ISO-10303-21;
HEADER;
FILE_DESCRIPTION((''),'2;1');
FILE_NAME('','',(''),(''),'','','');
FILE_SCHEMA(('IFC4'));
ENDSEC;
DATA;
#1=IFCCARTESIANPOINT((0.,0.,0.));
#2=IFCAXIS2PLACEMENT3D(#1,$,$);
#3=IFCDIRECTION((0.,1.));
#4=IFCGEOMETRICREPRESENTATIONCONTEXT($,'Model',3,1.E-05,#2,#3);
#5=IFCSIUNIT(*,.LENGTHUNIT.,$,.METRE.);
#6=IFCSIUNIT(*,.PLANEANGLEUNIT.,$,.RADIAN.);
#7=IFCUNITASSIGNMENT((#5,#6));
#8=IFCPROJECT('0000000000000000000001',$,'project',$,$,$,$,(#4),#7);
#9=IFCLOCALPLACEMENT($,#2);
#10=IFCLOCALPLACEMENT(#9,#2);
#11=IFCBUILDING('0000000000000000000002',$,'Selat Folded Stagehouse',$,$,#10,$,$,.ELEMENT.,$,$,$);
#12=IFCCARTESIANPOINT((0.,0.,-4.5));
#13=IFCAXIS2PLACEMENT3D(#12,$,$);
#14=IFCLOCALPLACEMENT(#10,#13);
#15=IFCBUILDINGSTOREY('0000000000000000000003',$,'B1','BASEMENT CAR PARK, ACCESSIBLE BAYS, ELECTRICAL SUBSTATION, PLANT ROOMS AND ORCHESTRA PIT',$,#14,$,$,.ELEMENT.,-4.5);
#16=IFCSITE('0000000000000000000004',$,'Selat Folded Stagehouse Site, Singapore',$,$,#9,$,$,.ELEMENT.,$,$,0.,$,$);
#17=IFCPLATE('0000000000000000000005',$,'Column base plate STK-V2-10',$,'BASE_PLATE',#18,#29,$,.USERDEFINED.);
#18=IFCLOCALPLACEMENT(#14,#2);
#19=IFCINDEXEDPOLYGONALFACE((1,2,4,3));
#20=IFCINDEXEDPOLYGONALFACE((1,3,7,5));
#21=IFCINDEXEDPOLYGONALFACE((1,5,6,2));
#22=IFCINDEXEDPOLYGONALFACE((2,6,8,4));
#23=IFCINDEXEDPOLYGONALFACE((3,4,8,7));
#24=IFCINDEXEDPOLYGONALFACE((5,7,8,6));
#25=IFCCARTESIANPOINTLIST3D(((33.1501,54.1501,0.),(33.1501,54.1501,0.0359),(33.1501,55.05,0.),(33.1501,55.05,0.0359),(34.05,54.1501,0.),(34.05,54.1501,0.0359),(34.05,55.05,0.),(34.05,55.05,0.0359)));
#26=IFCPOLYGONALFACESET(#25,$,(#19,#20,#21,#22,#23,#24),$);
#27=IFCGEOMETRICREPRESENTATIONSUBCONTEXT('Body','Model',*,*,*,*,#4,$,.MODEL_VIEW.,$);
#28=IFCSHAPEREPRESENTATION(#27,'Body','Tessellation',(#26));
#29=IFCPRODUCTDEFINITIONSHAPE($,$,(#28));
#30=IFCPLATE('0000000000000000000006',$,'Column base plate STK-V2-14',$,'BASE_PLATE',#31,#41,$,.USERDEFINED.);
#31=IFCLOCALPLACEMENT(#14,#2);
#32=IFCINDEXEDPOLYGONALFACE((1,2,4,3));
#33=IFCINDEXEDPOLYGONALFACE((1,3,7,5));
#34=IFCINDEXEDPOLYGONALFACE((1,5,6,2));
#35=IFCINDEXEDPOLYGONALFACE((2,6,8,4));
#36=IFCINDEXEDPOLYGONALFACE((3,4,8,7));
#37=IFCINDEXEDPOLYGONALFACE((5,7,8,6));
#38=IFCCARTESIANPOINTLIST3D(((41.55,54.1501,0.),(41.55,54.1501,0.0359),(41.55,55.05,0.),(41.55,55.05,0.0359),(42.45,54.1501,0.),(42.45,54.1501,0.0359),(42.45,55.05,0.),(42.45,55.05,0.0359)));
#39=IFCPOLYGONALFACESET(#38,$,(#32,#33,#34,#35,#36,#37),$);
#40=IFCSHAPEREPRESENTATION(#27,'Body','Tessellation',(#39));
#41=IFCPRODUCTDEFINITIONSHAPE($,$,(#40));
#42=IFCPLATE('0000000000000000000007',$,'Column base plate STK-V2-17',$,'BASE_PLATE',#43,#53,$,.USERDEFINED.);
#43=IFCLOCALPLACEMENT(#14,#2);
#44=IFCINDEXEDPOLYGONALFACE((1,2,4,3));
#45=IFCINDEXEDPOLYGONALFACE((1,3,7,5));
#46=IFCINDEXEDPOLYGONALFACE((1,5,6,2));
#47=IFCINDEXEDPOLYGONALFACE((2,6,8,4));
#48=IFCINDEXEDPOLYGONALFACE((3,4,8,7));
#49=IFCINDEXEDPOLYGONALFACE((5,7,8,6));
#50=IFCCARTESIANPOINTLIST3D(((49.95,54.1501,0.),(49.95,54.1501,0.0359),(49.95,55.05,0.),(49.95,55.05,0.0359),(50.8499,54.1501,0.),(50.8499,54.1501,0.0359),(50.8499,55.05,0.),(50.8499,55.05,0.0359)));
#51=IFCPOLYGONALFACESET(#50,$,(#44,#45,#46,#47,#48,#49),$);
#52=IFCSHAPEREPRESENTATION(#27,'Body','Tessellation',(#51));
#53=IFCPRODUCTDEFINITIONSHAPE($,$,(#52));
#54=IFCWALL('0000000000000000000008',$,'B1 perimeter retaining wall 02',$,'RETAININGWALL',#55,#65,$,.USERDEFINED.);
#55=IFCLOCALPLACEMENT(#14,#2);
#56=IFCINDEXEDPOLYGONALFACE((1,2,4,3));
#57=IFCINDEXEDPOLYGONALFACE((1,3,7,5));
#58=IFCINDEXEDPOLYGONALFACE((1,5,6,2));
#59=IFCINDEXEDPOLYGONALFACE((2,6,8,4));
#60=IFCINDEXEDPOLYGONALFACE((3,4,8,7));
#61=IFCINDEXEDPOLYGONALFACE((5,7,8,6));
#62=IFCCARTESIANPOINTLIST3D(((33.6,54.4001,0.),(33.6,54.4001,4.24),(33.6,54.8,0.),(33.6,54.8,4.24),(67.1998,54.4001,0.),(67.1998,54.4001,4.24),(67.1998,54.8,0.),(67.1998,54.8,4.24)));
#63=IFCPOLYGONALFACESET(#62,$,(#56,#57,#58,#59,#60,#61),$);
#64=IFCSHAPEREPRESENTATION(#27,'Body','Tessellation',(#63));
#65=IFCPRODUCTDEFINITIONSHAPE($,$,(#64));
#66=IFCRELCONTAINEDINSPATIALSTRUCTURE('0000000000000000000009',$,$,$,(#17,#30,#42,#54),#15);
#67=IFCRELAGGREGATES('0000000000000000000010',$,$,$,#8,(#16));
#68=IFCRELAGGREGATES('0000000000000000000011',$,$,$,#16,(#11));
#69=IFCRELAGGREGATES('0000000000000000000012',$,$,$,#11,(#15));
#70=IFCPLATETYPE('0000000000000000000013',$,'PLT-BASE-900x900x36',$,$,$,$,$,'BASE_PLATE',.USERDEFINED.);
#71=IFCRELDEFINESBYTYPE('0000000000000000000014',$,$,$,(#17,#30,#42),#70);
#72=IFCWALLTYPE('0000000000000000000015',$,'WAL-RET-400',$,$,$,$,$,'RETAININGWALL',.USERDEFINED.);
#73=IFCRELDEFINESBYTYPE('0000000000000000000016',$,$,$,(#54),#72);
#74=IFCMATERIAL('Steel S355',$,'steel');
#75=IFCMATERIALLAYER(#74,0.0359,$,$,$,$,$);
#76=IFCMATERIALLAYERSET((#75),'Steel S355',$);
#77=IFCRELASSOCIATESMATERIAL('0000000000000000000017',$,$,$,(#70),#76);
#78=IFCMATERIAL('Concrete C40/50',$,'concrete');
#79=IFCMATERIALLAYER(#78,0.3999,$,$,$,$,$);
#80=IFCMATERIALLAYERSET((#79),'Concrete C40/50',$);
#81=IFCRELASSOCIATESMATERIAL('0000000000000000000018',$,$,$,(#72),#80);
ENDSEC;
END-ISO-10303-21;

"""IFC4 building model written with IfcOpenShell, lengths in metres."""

from ifc_helpers import new_model, si_unit, direction, frame, frame_2d, origin, origin_2d, place, context, subcontext, project, spatial, rectangle, extrude, material, layer, layer_set, type_object, element, save


model = new_model("IFC4")

# Units and contexts
model_context = context("Model", 3, precision=1e-05, world=origin(), true_north=direction((0.0, 1.0)))
body_context = subcontext(model_context, "Body", "Model", "MODEL_VIEW")
ifc_project = project(units=[si_unit("LENGTHUNIT", "METRE"), si_unit("PLANEANGLEUNIT", "RADIAN")], contexts=[model_context])

# Site, building, storey
site_placement = place(None, origin())
site = spatial("IfcSite", under=ifc_project, at=site_placement, Name="Selat Folded Stagehouse Site, Singapore", CompositionType="ELEMENT", RefElevation=0.0)
building_placement = place(site_placement, origin())
building = spatial("IfcBuilding", under=site, at=building_placement, Name="Selat Folded Stagehouse", CompositionType="ELEMENT")
storey_placement = place(building_placement, frame((0.0, 0.0, -4.5)))
storey = spatial("IfcBuildingStorey", under=building, at=storey_placement, Name="B1", Description="BASEMENT CAR PARK, ACCESSIBLE BAYS, ELECTRICAL SUBSTATION, PLANT ROOMS AND ORCHESTRA PIT", CompositionType="ELEMENT", Elevation=-4.5)

# Shared definitions
ifc_material_1 = material(Name="Concrete C40/50", Category="concrete")

# Shared definitions
ifc_material_2 = material(Name="Steel S355", Category="steel")

# Plates
ifc_layer_1 = layer(ifc_material_2, 0.0359)
ifc_layer_set_1 = layer_set([ifc_layer_1], Name="Steel S355")
plate_type = type_object("IfcPlateType", Name="PLT-BASE-900x900x36", ElementType="BASE_PLATE", PredefinedType="USERDEFINED", material=ifc_layer_set_1)
for number, where, z_axis, x_axis, name in (
    (1, (33.6001, 54.6001, 0.0), (0.0, 0.0, 1.0), (1.0, 0.0, 0.0), "Column base plate STK-V2-10"),
    (2, (42.0, 54.6001, 0.0), (0.0, 0.0, 1.0), (1.0, 0.0, 0.0), "Column base plate STK-V2-14"),
    (3, (50.3999, 54.6001, 0.0), (0.0, 0.0, 1.0), (1.0, 0.0, 0.0), "Column base plate STK-V2-17"),
):
    element("IfcPlate", number, at=place(storey_placement, frame(where, z_axis=z_axis, x_axis=x_axis)), inside=storey, type_object=plate_type, Name=name, ObjectType="BASE_PLATE", PredefinedType="USERDEFINED", context=body_context, shape_type="SweptSolid", body=[
        extrude(rectangle(XDim=0.8999, YDim=0.8999, at=origin_2d()), origin(), (0.0, 0.0, 1.0), 0.0359),
    ])

# Wall
ifc_layer_2 = layer(ifc_material_1, 0.3999)
ifc_layer_set_2 = layer_set([ifc_layer_2], Name="Concrete C40/50")
wall_type = type_object("IfcWallType", Name="WAL-RET-400", ElementType="RETAININGWALL", PredefinedType="USERDEFINED", material=ifc_layer_set_2)
wall_placement = place(storey_placement, frame((33.6001, 54.6001, 0.0), z_axis=(0.0, 0.0, 1.0), x_axis=(1.0, 0.0, 0.0)))
element("IfcWall", 4, at=wall_placement, inside=storey, type_object=wall_type, Name="B1 perimeter retaining wall 02", ObjectType="RETAININGWALL", PredefinedType="USERDEFINED", context=body_context, shape_type="SweptSolid", body=[
    extrude(rectangle(XDim=33.5999, YDim=0.3999, at=frame_2d((16.7998, 0.0))), origin(), (0.0, 0.0, 1.0), 4.24),
])

save(model, "model.ifc")
